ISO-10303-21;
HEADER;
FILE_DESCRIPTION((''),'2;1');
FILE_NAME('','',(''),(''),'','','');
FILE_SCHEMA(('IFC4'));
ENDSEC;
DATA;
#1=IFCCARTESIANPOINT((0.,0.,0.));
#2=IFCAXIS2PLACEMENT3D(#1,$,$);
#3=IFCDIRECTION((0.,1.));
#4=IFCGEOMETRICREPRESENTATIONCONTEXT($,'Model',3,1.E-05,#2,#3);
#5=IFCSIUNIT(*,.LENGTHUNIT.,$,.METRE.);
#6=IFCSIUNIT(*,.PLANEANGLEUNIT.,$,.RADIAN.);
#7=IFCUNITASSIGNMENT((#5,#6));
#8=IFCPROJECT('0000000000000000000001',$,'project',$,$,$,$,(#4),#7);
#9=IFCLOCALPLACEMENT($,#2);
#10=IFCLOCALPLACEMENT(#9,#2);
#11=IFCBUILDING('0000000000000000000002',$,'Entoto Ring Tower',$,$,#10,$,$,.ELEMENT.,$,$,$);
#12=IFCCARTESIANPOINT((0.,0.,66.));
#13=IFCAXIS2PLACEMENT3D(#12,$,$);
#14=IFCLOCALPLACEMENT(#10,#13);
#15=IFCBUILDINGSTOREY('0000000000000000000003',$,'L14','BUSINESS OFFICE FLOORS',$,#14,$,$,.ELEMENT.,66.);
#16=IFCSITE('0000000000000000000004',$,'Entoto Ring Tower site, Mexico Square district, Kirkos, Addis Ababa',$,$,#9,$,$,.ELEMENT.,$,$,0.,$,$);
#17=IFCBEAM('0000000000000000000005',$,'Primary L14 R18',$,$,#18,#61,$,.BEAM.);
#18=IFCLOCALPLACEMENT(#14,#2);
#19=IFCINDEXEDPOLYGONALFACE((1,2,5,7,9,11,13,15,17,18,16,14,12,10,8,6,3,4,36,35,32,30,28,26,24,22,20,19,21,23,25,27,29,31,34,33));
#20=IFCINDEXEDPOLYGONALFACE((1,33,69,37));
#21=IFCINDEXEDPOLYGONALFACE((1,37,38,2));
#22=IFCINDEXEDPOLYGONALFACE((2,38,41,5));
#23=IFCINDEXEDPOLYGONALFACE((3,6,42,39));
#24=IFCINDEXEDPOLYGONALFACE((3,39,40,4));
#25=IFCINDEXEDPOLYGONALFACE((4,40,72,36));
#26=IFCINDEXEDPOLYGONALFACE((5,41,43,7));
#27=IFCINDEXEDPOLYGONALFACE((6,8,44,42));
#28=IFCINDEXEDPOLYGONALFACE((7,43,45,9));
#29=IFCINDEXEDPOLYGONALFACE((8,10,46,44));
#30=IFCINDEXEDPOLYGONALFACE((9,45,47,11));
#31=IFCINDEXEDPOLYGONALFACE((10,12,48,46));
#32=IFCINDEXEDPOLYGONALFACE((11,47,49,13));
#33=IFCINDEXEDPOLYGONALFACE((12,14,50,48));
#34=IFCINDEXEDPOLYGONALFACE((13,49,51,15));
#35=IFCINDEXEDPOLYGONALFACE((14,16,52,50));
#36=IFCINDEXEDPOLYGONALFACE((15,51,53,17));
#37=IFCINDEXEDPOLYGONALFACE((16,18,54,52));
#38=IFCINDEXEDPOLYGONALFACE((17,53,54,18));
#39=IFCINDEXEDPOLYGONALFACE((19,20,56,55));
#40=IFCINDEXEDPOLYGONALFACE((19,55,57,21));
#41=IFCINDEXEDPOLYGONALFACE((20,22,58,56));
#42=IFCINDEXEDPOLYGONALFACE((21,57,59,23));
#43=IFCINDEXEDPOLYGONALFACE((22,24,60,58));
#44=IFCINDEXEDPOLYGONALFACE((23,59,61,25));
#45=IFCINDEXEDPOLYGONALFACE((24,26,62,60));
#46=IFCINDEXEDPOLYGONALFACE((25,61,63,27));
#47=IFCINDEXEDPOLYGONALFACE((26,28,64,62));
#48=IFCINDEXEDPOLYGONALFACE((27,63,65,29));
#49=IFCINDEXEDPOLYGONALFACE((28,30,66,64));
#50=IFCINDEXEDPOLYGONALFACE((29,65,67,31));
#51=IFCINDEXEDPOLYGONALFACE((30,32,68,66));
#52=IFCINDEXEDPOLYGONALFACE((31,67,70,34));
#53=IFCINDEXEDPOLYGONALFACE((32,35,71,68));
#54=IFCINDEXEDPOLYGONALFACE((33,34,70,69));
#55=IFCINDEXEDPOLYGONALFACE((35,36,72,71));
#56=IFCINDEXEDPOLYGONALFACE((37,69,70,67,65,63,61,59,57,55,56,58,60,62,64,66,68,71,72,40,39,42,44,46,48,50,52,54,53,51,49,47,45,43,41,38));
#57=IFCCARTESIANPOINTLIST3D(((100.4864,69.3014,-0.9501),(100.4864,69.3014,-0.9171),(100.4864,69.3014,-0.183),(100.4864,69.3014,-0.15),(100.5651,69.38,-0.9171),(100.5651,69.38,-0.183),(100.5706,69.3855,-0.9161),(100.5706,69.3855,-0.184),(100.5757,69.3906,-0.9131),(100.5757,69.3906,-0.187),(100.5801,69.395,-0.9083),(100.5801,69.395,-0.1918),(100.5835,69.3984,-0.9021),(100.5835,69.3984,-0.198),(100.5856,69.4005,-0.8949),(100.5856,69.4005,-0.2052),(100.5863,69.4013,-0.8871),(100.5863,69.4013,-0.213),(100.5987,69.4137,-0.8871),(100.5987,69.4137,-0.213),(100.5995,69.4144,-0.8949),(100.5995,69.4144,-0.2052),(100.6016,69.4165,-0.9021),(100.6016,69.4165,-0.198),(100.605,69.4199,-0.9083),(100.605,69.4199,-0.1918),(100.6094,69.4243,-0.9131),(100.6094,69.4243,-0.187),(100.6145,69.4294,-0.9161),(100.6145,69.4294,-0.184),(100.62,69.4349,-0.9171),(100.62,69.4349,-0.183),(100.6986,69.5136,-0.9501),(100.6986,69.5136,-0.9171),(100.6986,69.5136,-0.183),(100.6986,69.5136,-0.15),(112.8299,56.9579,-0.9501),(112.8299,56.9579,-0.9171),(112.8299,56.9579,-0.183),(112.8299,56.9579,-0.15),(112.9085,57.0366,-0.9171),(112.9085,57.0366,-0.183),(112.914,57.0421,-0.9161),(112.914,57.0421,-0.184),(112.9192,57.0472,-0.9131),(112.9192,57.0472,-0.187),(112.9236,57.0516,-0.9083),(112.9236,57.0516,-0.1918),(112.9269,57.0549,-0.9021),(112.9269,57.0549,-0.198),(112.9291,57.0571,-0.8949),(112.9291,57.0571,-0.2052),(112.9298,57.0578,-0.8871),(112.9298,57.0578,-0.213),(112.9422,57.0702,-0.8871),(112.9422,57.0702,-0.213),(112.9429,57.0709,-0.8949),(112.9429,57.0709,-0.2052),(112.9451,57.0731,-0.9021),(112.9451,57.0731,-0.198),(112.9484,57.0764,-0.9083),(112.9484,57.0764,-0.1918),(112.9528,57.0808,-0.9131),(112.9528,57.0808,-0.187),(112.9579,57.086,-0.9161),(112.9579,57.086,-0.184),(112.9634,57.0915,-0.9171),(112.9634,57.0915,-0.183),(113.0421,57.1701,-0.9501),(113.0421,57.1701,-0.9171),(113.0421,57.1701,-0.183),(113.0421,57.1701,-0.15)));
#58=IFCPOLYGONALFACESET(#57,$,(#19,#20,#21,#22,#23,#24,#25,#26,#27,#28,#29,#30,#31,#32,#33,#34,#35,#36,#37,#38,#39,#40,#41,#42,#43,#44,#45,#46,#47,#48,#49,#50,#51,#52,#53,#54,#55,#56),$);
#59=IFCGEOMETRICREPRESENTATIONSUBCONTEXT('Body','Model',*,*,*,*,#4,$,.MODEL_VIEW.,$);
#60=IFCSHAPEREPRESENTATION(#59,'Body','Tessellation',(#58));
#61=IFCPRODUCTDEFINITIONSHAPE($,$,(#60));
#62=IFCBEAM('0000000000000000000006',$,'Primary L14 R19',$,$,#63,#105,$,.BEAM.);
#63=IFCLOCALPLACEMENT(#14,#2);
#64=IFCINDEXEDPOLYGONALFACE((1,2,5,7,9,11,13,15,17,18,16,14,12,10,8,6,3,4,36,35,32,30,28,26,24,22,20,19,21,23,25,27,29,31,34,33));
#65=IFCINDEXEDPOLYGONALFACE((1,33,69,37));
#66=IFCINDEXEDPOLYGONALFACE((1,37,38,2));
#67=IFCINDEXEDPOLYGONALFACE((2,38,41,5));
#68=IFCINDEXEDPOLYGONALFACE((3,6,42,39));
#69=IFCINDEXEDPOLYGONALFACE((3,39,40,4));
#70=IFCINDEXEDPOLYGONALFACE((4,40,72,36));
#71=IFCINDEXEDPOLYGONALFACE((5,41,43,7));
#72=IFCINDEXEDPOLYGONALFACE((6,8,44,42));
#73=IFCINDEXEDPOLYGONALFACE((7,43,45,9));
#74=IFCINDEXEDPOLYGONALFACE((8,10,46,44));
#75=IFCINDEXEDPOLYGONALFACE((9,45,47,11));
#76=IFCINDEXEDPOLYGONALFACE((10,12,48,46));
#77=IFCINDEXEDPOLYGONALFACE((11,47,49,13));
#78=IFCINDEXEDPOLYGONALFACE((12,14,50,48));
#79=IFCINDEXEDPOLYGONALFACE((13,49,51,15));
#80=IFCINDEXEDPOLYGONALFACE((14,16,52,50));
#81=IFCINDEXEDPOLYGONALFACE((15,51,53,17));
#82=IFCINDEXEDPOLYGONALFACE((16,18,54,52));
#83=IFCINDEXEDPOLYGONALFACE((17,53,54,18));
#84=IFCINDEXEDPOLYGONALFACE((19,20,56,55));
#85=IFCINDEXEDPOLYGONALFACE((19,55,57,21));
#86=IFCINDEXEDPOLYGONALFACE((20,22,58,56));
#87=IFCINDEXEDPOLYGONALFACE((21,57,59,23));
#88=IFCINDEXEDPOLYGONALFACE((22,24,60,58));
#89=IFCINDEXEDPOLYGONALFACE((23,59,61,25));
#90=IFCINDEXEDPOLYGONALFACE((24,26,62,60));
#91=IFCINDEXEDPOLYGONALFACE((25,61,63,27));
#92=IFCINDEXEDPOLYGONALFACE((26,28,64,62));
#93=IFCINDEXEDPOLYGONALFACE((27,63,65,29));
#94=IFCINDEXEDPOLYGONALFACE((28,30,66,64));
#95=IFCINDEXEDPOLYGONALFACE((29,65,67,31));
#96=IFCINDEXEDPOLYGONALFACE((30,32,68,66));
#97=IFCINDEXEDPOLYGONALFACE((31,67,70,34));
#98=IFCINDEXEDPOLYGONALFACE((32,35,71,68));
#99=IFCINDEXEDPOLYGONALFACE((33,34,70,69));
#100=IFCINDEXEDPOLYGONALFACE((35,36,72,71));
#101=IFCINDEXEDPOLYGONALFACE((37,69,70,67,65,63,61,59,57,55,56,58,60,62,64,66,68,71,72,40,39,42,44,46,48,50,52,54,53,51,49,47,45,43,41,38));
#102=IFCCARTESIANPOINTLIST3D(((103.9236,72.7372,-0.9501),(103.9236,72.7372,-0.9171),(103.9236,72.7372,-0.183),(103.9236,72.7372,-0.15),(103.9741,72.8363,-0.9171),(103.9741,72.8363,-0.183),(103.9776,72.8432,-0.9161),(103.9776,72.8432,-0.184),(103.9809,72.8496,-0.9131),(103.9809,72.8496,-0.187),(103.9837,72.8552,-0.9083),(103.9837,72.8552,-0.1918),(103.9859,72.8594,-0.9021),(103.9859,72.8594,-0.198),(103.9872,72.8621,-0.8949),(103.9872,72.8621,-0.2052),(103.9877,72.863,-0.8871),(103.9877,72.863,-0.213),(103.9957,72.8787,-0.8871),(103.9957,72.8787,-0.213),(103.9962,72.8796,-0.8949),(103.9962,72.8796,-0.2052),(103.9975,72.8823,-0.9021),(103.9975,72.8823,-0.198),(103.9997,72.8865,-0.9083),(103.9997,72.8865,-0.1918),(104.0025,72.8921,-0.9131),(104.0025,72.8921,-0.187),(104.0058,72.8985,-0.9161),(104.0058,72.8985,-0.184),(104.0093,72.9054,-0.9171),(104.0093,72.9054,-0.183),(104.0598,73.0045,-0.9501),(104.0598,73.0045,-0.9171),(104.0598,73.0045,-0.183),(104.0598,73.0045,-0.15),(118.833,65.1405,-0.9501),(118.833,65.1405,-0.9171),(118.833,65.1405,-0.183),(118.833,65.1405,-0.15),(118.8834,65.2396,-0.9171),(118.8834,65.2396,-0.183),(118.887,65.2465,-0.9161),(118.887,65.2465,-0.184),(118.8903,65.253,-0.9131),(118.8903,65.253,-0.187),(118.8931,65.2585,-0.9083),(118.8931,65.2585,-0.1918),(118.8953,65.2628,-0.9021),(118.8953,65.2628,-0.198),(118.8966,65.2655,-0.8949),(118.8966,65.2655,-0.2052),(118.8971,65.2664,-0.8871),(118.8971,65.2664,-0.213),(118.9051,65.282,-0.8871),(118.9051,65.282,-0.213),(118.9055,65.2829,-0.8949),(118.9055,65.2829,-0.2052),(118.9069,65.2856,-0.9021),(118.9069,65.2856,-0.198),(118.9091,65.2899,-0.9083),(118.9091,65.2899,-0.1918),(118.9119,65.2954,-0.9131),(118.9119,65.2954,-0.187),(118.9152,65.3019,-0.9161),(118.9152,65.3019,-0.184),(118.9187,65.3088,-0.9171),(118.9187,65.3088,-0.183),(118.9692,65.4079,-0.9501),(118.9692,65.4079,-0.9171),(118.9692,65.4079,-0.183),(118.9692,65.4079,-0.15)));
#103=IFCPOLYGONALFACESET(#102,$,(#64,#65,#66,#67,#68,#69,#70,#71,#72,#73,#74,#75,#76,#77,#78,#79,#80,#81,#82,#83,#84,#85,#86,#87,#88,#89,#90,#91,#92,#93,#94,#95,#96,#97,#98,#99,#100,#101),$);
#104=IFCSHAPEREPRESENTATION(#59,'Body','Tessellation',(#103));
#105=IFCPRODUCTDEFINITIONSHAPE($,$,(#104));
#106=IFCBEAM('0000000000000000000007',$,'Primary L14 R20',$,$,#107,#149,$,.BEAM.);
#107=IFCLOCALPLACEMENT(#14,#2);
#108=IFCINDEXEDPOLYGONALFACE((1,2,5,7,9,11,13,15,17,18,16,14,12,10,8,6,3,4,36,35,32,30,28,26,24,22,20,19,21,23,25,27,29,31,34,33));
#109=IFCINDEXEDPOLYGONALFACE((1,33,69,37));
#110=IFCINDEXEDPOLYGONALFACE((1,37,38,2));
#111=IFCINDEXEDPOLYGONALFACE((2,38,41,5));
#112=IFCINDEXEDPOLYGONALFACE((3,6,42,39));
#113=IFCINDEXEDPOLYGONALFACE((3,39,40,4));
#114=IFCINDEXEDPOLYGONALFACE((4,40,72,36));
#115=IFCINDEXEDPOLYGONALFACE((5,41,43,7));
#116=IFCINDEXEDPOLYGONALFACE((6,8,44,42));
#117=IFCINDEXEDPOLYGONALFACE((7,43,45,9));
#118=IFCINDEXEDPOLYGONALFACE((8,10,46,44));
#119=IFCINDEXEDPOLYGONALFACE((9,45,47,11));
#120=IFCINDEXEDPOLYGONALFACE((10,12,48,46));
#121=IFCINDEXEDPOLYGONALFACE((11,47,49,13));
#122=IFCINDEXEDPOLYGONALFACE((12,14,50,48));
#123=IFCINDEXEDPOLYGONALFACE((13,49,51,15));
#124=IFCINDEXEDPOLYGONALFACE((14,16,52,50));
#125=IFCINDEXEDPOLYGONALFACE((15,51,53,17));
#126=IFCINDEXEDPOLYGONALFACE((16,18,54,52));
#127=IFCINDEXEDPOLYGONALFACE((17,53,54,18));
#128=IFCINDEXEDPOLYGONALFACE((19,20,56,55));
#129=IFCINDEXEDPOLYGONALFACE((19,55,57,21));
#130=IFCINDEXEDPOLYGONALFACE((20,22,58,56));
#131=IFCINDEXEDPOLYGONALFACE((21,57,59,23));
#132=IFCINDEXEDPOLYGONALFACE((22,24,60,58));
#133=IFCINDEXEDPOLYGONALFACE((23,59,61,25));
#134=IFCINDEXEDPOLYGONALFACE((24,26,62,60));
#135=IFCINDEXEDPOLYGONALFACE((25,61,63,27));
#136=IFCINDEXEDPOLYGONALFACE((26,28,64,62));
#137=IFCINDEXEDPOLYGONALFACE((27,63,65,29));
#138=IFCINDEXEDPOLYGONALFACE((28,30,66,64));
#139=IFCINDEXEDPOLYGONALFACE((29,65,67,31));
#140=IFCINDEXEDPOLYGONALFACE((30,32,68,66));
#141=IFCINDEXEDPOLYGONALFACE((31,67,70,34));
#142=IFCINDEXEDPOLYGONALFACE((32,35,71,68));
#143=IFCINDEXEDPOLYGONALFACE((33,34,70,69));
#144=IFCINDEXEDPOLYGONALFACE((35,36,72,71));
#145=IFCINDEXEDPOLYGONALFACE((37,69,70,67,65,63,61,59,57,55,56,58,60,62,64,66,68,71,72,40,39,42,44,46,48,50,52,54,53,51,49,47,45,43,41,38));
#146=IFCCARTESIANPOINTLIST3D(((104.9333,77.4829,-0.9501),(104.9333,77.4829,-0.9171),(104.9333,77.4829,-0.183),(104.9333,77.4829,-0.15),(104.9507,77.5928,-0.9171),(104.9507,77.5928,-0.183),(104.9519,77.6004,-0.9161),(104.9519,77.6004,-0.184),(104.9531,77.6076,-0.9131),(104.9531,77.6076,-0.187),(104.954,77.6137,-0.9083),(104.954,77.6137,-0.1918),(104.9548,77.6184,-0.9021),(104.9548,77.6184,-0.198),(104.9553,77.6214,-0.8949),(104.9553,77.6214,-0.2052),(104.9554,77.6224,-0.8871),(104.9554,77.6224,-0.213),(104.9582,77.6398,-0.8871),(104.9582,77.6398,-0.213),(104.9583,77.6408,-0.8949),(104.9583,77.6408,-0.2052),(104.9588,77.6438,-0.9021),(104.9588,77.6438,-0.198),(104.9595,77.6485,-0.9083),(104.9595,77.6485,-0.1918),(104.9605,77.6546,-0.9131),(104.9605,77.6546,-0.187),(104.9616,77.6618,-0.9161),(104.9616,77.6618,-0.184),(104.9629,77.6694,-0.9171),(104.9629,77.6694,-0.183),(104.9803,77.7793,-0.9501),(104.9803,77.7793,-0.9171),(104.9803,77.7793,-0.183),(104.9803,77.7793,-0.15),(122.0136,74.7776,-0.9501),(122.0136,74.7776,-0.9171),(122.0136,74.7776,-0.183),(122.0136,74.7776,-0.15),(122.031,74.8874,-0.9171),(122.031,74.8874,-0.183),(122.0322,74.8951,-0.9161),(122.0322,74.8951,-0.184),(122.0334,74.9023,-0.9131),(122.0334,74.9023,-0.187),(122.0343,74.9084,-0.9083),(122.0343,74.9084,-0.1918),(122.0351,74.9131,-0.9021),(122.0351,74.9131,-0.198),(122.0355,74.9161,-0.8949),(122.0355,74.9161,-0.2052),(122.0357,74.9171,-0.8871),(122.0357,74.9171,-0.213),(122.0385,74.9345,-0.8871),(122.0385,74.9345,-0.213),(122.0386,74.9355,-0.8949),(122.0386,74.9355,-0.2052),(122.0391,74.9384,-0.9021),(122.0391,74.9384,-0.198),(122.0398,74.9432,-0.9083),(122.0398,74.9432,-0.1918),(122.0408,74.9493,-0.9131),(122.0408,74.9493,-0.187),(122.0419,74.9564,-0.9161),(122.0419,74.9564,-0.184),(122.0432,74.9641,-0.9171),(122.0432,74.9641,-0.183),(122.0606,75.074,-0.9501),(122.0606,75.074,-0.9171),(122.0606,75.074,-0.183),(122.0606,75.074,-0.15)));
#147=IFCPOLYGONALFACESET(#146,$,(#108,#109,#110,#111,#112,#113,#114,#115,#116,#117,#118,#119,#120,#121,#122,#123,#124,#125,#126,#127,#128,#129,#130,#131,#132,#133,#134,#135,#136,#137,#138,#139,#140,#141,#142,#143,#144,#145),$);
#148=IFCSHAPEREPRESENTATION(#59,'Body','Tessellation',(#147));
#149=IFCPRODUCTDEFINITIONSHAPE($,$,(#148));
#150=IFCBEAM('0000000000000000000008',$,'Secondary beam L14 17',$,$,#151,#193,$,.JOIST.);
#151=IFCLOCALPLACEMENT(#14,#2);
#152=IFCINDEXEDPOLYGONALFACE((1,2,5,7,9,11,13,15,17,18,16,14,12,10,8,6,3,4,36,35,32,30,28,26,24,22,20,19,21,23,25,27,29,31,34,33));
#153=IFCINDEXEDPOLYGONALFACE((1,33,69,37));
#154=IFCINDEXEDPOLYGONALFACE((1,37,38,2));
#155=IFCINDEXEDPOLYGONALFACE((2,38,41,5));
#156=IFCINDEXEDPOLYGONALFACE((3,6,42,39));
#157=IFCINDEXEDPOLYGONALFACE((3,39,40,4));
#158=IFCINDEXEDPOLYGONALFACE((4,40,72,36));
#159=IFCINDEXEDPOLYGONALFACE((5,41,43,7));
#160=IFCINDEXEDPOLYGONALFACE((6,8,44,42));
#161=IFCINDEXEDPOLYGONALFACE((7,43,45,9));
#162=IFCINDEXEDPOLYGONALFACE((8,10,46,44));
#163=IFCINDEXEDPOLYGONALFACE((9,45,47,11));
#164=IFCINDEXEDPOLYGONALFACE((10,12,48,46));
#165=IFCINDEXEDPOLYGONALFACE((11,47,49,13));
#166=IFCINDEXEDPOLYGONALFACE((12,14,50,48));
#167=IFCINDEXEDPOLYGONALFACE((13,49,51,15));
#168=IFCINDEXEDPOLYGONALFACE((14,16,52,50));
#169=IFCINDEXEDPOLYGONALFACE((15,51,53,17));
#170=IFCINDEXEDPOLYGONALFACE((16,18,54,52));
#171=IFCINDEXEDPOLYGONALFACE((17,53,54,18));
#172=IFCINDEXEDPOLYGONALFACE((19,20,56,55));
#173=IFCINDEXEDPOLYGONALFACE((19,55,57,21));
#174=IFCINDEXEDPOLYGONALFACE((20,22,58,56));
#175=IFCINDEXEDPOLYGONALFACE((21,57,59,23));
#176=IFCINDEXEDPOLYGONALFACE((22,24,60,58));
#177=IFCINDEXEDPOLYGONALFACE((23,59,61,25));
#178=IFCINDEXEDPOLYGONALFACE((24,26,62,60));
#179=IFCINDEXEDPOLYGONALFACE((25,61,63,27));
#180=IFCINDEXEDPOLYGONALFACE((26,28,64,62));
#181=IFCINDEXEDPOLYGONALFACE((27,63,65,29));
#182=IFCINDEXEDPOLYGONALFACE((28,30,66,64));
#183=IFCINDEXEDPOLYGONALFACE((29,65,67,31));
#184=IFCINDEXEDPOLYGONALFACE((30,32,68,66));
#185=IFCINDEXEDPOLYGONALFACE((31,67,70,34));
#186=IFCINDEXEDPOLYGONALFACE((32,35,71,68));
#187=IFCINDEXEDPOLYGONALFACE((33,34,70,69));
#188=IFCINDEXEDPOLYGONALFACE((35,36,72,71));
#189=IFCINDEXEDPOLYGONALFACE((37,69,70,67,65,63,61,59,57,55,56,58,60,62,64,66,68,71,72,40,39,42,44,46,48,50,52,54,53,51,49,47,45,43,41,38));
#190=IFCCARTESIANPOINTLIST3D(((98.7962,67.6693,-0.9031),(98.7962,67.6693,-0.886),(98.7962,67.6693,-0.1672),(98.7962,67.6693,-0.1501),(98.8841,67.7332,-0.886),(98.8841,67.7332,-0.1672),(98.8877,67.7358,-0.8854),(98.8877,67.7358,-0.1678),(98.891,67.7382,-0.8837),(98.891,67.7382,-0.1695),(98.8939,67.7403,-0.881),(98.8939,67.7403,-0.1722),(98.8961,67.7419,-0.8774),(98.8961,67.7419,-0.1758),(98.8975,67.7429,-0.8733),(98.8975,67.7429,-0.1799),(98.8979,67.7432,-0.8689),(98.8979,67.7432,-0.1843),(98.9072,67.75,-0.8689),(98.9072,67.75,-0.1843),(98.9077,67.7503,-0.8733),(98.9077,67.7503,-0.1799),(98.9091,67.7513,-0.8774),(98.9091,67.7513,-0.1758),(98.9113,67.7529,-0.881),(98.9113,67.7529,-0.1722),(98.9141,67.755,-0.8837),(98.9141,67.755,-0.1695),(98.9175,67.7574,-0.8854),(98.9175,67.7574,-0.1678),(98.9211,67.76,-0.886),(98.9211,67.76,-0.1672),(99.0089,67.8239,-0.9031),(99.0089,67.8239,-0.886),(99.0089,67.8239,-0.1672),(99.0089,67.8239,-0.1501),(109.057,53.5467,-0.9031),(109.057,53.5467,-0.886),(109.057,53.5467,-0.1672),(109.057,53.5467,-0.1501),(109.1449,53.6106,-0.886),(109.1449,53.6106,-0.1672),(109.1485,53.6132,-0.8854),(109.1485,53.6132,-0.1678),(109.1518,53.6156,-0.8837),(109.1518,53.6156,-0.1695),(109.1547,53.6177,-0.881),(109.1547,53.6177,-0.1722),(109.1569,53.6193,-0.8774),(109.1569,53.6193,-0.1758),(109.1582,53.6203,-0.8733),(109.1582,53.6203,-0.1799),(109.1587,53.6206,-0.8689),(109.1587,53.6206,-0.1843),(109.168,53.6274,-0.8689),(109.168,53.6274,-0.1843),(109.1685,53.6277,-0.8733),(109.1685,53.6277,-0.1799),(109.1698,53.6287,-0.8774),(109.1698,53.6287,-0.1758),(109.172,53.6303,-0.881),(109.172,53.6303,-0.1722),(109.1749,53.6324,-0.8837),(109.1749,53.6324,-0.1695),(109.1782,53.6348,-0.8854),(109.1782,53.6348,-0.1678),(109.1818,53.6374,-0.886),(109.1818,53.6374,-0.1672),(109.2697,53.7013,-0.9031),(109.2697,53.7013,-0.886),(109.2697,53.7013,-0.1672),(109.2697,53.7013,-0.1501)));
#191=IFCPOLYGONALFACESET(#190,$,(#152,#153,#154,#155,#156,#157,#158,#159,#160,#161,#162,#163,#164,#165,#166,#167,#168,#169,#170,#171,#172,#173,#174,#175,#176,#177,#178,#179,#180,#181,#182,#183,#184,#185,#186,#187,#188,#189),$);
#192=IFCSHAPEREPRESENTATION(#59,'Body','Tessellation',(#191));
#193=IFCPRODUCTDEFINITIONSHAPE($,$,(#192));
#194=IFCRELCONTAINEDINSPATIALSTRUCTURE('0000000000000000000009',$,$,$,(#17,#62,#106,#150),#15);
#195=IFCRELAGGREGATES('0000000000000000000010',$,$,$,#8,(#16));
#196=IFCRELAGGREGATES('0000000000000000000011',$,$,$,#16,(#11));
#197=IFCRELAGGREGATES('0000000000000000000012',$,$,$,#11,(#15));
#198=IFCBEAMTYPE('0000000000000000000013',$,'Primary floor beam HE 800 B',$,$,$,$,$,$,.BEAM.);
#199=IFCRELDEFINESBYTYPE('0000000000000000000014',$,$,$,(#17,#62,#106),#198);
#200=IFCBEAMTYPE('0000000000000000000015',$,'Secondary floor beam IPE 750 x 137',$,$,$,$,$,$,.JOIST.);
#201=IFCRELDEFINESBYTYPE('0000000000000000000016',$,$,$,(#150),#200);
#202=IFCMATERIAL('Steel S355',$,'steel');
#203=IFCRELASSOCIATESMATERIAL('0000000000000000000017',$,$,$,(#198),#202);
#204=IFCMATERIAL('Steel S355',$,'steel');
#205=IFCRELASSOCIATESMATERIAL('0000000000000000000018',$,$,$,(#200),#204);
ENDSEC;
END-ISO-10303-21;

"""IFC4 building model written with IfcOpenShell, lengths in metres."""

from ifc_helpers import new_model, si_unit, direction, frame, origin, origin_2d, place, context, subcontext, project, spatial, i_section, extrude, material, material_profile, profile_set, type_object, element, save


model = new_model("IFC4")

# Units and contexts
model_context = context("Model", 3, precision=1e-05, world=origin(), true_north=direction((0.0, 1.0)))
body_context = subcontext(model_context, "Body", "Model", "MODEL_VIEW")
ifc_project = project(units=[si_unit("LENGTHUNIT", "METRE"), si_unit("PLANEANGLEUNIT", "RADIAN")], contexts=[model_context])

# Site, building, storey
site_placement = place(None, origin())
site = spatial("IfcSite", under=ifc_project, at=site_placement, Name="Entoto Ring Tower site, Mexico Square district, Kirkos, Addis Ababa", CompositionType="ELEMENT", RefElevation=0.0)
building_placement = place(site_placement, origin())
building = spatial("IfcBuilding", under=site, at=building_placement, Name="Entoto Ring Tower", CompositionType="ELEMENT")
storey_placement = place(building_placement, frame((0.0, 0.0, 66.0)))
storey = spatial("IfcBuildingStorey", under=building, at=storey_placement, Name="L14", Description="BUSINESS OFFICE FLOORS", CompositionType="ELEMENT", Elevation=66.0)

# Beams
ifc_material_1 = material(Name="Steel S355", Category="steel")
ifc_material_profile_1 = material_profile(ifc_material_1, i_section(OverallWidth=0.3, OverallDepth=0.8, WebThickness=0.0176, FlangeThickness=0.033, FilletRadius=0.03, at=origin_2d()), Name="HE 800 B")
ifc_profile_set_1 = profile_set([ifc_material_profile_1], Name="Steel S355")
beam_type_1 = type_object("IfcBeamType", Name="Primary floor beam HE 800 B", PredefinedType="BEAM", material=ifc_profile_set_1)
beam_1_placement = place(storey_placement, frame((100.5925, 69.4075, -0.55), z_axis=(0.707107, -0.707107, 0.0), x_axis=(0.707107, 0.707107, 0.0)))
element("IfcBeam", 1, at=beam_1_placement, inside=storey, type_object=beam_type_1, Name="Primary L14 R18", PredefinedType="BEAM", context=body_context, shape_type="SweptSolid", body=[
    extrude(i_section(OverallWidth=0.3, OverallDepth=0.8, WebThickness=0.0176, FlangeThickness=0.033, FilletRadius=0.03, at=origin_2d()), origin(), (0.0, 0.0, 1.0), 17.4563),
])
beam_2_placement = place(storey_placement, frame((103.9917, 72.8708, -0.55), z_axis=(0.891008, -0.453988, 0.0), x_axis=(0.453988, 0.891008, 0.0)))
element("IfcBeam", 2, at=beam_2_placement, inside=storey, type_object=beam_type_1, Name="Primary L14 R19", PredefinedType="BEAM", context=body_context, shape_type="SweptSolid", body=[
    extrude(i_section(OverallWidth=0.3, OverallDepth=0.8, WebThickness=0.0176, FlangeThickness=0.033, FilletRadius=0.03, at=origin_2d()), origin(), (0.0, 0.0, 1.0), 16.7332),
])
beam_3_placement = place(storey_placement, frame((104.9568, 77.6311, -0.55), z_axis=(0.987688, -0.156438, 0.0), x_axis=(0.156438, 0.987688, 0.0)))
element("IfcBeam", 3, at=beam_3_placement, inside=storey, type_object=beam_type_1, Name="Primary L14 R20", PredefinedType="BEAM", context=body_context, shape_type="SweptSolid", body=[
    extrude(i_section(OverallWidth=0.3, OverallDepth=0.8, WebThickness=0.0176, FlangeThickness=0.033, FilletRadius=0.03, at=origin_2d()), origin(), (0.0, 0.0, 1.0), 17.2932),
])
ifc_material_2 = material(Name="Steel S355", Category="steel")
ifc_material_profile_2 = material_profile(ifc_material_2, i_section(OverallWidth=0.2629, OverallDepth=0.7529, WebThickness=0.0115, FlangeThickness=0.0171, FilletRadius=0.0171, at=origin_2d()), Name="IPE 750 x 137")
ifc_profile_set_2 = profile_set([ifc_material_profile_2], Name="Steel S355")
beam_type_2 = type_object("IfcBeamType", Name="Secondary floor beam IPE 750 x 137", PredefinedType="JOIST", material=ifc_profile_set_2)
for number, where, z_axis, x_axis, name in (
    (4, (98.9026, 67.7466, -0.5266), (0.587789, -0.809014, 0.0), (0.809014, 0.587789, 0.0), "Secondary beam L14 17"),
):
    element("IfcBeam", number, at=place(storey_placement, frame(where, z_axis=z_axis, x_axis=x_axis)), inside=storey, type_object=beam_type_2, Name=name, PredefinedType="JOIST", context=body_context, shape_type="SweptSolid", body=[
        extrude(i_section(OverallWidth=0.2629, OverallDepth=0.7529, WebThickness=0.0115, FlangeThickness=0.0171, FilletRadius=0.0171, at=origin_2d()), origin(), (0.0, 0.0, 1.0), 17.4565),
    ])

save(model, "model.ifc")
